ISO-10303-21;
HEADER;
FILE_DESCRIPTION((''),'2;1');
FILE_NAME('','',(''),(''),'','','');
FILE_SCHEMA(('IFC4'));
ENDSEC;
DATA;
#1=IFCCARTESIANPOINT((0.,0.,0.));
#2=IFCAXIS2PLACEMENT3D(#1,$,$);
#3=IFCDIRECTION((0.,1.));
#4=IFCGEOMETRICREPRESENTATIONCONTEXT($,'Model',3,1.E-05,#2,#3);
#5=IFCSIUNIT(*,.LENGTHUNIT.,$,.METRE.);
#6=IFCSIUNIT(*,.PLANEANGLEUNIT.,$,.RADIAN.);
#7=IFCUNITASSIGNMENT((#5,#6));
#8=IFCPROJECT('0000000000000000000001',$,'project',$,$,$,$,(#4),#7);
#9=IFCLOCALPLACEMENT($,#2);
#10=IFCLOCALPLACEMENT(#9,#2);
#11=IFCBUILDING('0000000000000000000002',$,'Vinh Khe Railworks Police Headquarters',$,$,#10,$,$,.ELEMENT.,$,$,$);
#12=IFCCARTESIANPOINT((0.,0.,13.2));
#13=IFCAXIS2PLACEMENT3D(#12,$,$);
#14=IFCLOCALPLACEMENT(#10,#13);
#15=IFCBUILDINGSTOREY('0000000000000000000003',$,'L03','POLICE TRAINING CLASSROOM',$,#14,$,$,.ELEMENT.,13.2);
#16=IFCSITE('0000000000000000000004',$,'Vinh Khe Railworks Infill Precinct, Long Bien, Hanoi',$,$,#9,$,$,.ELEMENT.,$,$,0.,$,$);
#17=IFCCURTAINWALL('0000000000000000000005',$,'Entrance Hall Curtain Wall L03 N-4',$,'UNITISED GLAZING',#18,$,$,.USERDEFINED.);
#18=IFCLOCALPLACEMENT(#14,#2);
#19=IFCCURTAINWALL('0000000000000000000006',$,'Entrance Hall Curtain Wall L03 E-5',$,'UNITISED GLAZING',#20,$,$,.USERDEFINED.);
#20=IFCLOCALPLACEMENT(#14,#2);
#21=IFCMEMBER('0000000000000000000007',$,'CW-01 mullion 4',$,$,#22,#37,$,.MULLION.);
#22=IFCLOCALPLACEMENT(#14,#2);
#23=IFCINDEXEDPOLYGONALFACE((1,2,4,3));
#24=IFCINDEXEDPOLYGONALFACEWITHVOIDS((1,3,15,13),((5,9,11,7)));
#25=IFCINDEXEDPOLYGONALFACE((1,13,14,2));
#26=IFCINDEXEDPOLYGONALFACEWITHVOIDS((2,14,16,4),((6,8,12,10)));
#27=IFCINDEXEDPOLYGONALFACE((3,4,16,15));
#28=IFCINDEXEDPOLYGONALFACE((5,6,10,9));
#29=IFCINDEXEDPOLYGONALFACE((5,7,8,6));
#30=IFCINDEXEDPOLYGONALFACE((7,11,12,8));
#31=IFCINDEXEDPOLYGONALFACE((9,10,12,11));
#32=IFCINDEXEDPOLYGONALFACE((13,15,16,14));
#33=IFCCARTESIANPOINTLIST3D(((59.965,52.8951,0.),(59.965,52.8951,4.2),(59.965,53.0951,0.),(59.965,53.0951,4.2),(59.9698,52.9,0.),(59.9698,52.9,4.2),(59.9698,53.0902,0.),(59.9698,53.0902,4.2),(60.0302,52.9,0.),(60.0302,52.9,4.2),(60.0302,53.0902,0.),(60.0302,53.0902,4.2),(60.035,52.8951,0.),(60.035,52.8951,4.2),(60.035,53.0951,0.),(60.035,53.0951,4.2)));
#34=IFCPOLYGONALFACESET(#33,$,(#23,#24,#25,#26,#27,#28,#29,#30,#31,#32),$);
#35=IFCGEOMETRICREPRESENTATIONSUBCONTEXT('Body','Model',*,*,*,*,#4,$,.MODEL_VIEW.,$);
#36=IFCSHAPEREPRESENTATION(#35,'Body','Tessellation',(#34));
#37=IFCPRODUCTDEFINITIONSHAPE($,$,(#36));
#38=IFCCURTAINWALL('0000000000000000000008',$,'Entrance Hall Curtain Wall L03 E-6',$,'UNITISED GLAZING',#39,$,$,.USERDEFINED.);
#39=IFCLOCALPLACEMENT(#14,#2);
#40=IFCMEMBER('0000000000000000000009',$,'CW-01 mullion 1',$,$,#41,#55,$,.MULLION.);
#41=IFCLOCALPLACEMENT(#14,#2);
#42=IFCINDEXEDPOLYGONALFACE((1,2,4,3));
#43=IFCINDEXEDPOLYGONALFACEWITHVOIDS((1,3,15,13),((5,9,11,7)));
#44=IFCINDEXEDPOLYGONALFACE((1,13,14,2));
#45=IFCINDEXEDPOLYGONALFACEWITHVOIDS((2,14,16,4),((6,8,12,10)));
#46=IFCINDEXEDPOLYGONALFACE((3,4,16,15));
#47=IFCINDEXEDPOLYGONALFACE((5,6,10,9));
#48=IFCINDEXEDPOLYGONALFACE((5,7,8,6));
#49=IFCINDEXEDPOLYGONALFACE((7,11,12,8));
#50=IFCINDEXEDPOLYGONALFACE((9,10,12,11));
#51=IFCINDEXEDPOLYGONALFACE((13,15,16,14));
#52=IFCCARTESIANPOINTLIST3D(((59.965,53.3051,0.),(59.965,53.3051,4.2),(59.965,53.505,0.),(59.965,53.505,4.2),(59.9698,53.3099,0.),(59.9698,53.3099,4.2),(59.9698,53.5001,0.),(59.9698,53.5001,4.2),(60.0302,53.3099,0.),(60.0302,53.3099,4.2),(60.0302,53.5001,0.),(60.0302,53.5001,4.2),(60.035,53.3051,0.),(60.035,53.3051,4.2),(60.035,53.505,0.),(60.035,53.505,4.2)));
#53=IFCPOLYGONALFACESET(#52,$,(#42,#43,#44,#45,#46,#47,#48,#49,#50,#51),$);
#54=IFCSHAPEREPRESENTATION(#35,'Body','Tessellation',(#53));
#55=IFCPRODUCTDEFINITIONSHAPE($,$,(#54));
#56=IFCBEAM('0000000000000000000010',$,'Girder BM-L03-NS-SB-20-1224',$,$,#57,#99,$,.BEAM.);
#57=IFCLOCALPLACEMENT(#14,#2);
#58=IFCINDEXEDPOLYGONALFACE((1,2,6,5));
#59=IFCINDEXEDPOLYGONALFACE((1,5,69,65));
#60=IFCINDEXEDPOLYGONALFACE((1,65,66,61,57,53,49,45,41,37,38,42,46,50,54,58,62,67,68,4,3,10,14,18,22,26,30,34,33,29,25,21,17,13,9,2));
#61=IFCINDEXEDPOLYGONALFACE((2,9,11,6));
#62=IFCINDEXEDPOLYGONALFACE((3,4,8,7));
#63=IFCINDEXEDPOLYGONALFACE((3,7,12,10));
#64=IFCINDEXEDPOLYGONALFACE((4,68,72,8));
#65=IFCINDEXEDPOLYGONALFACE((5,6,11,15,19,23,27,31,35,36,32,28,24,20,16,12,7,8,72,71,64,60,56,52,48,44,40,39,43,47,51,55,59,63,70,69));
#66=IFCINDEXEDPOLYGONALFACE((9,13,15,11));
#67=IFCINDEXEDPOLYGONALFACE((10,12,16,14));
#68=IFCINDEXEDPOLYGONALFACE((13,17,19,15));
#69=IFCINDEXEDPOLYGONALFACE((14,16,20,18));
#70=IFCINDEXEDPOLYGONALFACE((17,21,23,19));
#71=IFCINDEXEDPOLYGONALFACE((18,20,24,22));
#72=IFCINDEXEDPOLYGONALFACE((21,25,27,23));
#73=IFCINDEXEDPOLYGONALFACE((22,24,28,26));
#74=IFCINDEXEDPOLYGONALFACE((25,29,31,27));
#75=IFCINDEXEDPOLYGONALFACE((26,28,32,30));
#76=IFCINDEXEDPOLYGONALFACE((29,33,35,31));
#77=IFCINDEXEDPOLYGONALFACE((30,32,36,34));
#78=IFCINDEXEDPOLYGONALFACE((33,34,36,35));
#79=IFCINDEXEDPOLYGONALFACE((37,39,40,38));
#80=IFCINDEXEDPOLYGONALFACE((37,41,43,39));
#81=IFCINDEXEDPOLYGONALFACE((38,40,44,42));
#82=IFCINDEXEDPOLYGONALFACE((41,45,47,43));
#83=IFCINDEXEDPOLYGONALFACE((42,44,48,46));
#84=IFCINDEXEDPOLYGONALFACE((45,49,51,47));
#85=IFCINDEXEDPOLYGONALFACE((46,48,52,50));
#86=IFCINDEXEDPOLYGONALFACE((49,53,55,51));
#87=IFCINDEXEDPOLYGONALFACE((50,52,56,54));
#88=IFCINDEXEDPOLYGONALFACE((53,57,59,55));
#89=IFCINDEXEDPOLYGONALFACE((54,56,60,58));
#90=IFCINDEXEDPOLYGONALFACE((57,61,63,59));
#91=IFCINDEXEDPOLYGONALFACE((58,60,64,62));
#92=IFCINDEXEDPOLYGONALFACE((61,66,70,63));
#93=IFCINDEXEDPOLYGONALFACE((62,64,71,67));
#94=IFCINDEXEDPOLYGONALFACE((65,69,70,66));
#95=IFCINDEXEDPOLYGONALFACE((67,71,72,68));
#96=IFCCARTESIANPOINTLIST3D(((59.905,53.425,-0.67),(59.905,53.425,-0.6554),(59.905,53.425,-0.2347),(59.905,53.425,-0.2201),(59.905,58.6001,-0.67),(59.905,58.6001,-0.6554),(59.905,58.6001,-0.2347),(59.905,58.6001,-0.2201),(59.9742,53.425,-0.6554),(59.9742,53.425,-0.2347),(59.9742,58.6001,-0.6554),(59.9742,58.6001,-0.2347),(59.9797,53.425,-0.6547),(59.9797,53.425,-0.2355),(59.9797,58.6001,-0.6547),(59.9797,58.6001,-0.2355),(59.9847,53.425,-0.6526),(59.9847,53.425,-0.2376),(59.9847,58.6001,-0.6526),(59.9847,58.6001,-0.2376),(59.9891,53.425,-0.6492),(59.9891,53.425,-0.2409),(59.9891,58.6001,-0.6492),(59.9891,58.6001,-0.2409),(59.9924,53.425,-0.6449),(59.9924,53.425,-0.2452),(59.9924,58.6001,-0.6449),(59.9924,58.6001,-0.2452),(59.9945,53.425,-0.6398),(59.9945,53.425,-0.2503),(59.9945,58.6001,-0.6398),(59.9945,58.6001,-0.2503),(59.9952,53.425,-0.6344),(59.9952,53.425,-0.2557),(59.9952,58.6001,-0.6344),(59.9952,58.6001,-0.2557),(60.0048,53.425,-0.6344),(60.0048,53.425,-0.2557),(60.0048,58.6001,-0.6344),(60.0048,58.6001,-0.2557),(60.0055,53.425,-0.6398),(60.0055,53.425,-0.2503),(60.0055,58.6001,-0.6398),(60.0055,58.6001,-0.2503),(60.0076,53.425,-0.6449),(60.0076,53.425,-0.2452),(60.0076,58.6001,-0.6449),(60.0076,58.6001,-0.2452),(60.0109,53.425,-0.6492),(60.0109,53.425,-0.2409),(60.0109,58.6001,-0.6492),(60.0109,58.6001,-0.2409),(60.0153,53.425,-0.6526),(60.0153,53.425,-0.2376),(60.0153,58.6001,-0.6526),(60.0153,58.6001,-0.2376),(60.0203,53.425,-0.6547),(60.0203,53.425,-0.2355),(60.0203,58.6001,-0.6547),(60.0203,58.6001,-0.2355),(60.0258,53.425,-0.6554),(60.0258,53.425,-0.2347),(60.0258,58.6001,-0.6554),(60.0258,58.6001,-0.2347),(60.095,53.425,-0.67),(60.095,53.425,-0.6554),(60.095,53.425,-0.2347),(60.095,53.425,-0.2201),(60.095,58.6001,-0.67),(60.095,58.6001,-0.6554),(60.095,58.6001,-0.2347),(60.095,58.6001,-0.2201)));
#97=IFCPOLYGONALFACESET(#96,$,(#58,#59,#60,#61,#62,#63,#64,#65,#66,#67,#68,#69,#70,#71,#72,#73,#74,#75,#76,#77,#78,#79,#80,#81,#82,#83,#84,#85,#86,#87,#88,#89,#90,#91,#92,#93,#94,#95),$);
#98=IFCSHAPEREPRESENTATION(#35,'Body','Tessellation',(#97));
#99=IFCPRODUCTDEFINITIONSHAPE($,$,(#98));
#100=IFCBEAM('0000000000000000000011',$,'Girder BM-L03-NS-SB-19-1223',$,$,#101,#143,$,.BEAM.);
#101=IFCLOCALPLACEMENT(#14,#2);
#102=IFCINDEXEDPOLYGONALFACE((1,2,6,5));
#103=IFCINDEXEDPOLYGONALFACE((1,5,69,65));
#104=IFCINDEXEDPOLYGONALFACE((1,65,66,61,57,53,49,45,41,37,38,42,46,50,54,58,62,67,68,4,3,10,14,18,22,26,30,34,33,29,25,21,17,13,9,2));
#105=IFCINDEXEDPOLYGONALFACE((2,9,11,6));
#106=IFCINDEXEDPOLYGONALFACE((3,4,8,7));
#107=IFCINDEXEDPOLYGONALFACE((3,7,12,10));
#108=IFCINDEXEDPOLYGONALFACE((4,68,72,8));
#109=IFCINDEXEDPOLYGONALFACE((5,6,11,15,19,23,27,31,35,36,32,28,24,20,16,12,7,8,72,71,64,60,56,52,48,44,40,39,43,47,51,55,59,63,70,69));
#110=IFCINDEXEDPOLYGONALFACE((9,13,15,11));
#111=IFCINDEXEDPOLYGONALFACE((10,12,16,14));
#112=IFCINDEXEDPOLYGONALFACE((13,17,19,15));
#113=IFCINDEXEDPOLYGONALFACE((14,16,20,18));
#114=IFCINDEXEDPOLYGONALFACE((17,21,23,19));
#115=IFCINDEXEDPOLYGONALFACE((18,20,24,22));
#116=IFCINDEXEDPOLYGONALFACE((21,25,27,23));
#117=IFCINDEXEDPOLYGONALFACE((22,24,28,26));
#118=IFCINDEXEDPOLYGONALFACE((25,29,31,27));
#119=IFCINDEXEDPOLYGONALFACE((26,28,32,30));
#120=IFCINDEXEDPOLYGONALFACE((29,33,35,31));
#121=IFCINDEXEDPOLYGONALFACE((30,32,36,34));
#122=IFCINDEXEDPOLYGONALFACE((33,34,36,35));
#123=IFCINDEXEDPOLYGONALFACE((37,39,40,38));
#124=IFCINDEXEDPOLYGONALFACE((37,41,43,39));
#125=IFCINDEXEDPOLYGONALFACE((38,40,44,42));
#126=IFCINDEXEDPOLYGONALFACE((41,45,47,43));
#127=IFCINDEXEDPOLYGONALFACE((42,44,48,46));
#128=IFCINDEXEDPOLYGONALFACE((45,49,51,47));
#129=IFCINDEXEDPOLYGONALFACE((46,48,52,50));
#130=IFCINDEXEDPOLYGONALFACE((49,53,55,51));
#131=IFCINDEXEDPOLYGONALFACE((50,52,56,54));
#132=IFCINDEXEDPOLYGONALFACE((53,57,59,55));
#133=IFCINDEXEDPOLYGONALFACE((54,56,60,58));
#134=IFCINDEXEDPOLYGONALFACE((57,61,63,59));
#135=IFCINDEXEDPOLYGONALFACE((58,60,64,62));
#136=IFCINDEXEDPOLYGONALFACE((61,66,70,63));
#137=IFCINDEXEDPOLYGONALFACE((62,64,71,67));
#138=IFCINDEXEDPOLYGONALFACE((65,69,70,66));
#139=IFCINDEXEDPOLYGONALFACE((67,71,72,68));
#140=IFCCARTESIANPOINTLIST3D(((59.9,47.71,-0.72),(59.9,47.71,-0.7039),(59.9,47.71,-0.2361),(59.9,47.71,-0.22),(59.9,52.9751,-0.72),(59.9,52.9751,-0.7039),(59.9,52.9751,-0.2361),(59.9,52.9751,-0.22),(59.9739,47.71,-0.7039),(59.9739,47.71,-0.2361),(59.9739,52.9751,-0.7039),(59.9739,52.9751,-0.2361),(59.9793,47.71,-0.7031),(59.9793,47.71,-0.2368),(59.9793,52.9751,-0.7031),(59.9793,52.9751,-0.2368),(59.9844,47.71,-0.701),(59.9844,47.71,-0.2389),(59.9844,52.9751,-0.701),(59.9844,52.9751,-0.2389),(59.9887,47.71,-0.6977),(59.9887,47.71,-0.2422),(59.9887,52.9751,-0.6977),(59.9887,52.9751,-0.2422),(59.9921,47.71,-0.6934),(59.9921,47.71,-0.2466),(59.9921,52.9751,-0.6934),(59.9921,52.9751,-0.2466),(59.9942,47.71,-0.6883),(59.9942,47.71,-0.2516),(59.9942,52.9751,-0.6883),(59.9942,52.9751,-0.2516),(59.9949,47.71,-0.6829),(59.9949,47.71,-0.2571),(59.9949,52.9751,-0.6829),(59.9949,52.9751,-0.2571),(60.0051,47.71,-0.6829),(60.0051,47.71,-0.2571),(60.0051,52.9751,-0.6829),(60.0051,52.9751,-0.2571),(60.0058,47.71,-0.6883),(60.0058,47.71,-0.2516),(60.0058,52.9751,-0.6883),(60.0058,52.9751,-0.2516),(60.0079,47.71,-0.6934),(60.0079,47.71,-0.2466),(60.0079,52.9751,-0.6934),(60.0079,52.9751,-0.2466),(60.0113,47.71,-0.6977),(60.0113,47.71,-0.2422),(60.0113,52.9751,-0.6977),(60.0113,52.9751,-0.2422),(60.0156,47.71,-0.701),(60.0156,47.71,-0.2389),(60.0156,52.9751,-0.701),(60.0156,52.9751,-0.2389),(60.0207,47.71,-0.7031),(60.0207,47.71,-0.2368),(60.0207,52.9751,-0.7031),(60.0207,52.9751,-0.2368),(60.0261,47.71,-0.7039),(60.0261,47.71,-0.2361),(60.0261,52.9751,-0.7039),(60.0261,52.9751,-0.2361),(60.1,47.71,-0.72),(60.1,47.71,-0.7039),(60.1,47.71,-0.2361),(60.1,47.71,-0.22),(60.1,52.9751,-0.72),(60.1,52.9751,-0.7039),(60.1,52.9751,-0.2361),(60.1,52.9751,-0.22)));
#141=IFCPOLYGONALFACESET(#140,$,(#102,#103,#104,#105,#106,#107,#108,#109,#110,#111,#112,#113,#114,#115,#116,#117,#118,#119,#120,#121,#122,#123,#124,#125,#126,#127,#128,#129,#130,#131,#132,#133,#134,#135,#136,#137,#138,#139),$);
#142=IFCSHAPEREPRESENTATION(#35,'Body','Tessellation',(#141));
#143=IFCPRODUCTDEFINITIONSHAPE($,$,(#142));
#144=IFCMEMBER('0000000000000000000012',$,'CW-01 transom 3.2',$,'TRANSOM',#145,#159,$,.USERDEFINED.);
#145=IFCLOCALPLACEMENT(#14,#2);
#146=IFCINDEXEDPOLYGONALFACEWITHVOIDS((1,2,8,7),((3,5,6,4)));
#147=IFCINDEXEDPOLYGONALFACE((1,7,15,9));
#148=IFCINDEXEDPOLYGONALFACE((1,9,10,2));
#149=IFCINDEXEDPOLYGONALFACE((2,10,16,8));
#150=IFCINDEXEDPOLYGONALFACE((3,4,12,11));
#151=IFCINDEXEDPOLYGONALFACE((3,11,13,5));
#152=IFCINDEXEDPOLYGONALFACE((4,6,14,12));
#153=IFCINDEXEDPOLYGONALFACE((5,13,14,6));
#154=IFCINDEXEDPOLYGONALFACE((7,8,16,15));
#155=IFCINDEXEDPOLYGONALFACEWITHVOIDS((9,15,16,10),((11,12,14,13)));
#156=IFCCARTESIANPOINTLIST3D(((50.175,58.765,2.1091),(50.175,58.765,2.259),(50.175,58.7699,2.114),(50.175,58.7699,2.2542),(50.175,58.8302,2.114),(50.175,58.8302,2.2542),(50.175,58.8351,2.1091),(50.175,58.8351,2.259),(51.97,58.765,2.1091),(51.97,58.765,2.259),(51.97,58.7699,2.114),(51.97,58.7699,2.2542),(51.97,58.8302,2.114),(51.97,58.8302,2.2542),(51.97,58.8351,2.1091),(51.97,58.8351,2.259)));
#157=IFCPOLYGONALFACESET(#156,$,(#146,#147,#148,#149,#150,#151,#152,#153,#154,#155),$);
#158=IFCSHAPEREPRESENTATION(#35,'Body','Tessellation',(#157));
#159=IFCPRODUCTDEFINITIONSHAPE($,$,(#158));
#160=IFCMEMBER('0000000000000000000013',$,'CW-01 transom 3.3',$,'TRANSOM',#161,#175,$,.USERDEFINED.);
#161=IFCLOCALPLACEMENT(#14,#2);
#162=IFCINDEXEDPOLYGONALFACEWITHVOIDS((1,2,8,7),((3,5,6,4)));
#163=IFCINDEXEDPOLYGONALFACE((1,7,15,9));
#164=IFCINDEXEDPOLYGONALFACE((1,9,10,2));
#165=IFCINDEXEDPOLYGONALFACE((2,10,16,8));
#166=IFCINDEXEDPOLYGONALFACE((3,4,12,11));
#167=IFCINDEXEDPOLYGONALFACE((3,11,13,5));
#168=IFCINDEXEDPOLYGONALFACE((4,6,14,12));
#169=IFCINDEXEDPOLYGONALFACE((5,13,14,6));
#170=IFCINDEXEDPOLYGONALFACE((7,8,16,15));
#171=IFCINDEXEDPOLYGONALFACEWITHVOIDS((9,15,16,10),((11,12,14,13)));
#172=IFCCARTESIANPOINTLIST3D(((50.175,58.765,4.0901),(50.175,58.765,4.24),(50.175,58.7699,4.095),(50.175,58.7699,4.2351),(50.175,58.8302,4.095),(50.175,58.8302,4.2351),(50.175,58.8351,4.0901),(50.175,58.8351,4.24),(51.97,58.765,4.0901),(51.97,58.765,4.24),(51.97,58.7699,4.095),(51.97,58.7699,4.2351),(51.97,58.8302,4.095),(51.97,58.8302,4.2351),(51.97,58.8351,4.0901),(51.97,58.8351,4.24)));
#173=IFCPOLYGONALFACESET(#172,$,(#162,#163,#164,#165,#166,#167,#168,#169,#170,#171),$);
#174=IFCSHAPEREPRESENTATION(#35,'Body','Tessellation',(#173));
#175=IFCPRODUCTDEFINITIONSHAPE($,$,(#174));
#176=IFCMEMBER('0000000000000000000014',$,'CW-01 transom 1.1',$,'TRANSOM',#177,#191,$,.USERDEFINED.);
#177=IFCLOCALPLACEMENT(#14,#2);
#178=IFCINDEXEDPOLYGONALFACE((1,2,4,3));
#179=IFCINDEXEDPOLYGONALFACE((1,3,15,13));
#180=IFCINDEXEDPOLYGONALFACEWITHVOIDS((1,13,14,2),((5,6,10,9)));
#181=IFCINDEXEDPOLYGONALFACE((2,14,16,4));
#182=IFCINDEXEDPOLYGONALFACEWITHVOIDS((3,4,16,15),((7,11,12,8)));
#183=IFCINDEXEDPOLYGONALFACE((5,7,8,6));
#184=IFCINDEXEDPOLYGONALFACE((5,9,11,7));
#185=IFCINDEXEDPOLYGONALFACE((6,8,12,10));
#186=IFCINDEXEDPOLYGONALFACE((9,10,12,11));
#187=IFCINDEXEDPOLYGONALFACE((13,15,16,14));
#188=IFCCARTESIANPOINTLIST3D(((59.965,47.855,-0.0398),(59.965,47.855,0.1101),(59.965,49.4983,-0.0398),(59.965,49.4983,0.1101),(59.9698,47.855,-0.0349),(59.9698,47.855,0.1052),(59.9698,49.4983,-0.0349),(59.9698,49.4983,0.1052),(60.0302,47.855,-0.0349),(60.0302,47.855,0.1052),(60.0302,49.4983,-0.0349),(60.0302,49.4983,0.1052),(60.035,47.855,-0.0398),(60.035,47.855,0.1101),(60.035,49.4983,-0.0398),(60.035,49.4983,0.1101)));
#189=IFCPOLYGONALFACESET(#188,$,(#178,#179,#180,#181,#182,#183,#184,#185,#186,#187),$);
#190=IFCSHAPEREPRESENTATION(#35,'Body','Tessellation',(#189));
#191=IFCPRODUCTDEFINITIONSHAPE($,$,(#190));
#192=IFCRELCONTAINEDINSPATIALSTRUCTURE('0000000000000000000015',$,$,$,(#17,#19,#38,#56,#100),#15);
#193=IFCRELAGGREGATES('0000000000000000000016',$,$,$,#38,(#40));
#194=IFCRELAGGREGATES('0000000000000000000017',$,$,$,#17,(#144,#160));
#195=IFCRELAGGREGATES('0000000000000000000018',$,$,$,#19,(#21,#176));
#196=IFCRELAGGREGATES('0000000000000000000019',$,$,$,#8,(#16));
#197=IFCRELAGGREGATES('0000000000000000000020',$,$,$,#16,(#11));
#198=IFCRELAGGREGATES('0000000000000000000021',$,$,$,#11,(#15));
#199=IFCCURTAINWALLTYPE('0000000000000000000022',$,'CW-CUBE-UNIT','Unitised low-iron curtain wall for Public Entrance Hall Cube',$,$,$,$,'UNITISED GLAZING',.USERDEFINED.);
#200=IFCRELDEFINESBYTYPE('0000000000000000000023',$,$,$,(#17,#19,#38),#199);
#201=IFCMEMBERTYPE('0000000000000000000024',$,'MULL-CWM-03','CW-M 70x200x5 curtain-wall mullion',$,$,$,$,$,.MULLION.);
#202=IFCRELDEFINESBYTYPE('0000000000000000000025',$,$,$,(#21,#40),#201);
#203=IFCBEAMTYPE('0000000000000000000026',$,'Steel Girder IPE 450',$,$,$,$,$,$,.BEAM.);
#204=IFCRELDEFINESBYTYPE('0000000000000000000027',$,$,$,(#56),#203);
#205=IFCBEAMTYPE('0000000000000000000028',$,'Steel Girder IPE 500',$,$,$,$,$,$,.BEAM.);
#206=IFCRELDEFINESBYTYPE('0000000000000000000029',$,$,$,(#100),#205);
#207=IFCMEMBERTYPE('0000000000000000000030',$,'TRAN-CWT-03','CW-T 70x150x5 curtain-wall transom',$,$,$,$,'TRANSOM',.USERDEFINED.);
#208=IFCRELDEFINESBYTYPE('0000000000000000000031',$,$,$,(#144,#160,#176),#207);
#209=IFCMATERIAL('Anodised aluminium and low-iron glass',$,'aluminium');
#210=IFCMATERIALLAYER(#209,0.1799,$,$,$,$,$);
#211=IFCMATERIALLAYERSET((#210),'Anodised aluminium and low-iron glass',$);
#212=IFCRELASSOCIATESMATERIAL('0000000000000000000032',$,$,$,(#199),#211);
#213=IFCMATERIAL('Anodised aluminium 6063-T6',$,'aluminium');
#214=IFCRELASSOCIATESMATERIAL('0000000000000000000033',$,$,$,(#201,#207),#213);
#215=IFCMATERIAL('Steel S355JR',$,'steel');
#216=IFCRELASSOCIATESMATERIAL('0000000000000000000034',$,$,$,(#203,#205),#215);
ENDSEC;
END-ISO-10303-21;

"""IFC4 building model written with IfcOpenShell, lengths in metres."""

from ifc_helpers import new_model, si_unit, direction, frame, origin, origin_2d, place, context, subcontext, project, spatial, hollow_rectangle, i_section, extrude, material, layer, layer_set, material_profile, profile_set, type_object, element, aggregate, save


model = new_model("IFC4")

# Units and contexts
model_context = context("Model", 3, precision=1e-05, world=origin(), true_north=direction((0.0, 1.0)))
body_context = subcontext(model_context, "Body", "Model", "MODEL_VIEW")
ifc_project = project(units=[si_unit("LENGTHUNIT", "METRE"), si_unit("PLANEANGLEUNIT", "RADIAN")], contexts=[model_context])

# Site, building, storey
site_placement = place(None, origin())
site = spatial("IfcSite", under=ifc_project, at=site_placement, Name="Vinh Khe Railworks Infill Precinct, Long Bien, Hanoi", CompositionType="ELEMENT", RefElevation=0.0)
building_placement = place(site_placement, origin())
building = spatial("IfcBuilding", under=site, at=building_placement, Name="Vinh Khe Railworks Police Headquarters", CompositionType="ELEMENT")
storey_placement = place(building_placement, frame((0.0, 0.0, 13.2)))
storey = spatial("IfcBuildingStorey", under=building, at=storey_placement, Name="L03", Description="POLICE TRAINING CLASSROOM", CompositionType="ELEMENT", Elevation=13.2)

# Shared definitions
ifc_material_1 = material(Name="Steel S355JR", Category="steel")

# Curtain wall
ifc_material_2 = material(Name="Anodised aluminium and low-iron glass", Category="aluminium")
ifc_layer_1 = layer(ifc_material_2, 0.1799)
ifc_layer_set_1 = layer_set([ifc_layer_1], Name="Anodised aluminium and low-iron glass")
curtain_wall_type = type_object("IfcCurtainWallType", Name="CW-CUBE-UNIT", Description="Unitised low-iron curtain wall for Public Entrance Hall Cube", ElementType="UNITISED GLAZING", PredefinedType="USERDEFINED", material=ifc_layer_set_1)
curtain_wall_1_placement = place(storey_placement, origin())
curtain_wall_1 = element("IfcCurtainWall", 1, at=curtain_wall_1_placement, inside=storey, type_object=curtain_wall_type, Name="Entrance Hall Curtain Wall L03 N-4", ObjectType="UNITISED GLAZING", PredefinedType="USERDEFINED")
ifc_material_3 = material(Name="Anodised aluminium 6063-T6", Category="aluminium")
ifc_material_profile_1 = material_profile(ifc_material_3, hollow_rectangle(XDim=0.0701, YDim=0.2, WallThickness=0.0049, at=origin_2d()), Name="CW-M 70x200x5")
ifc_profile_set_1 = profile_set([ifc_material_profile_1], Name="Anodised aluminium 6063-T6")
member_type_1 = type_object("IfcMemberType", Name="MULL-CWM-03", Description="CW-M 70x200x5 curtain-wall mullion", PredefinedType="MULLION", material=ifc_profile_set_1)

# Curtain wall, member
curtain_wall_2_placement = place(storey_placement, origin())
curtain_wall_2 = element("IfcCurtainWall", 2, at=curtain_wall_2_placement, inside=storey, type_object=curtain_wall_type, Name="Entrance Hall Curtain Wall L03 E-5", ObjectType="UNITISED GLAZING", PredefinedType="USERDEFINED")
member_1_placement = place(storey_placement, frame((60.0, 52.9951, 0.0), z_axis=(0.0, 0.0, 1.0), x_axis=(-1.0, 0.0, 0.0)))
member_1 = element("IfcMember", 3, at=member_1_placement, type_object=member_type_1, Name="CW-01 mullion 4", PredefinedType="MULLION", context=body_context, shape_type="SweptSolid", body=[
    extrude(hollow_rectangle(XDim=0.0701, YDim=0.2, WallThickness=0.0049, at=origin_2d()), origin(), (0.0, 0.0, 1.0), 4.2),
])

# Curtain wall, member
curtain_wall_3_placement = place(storey_placement, origin())
curtain_wall_3 = element("IfcCurtainWall", 4, at=curtain_wall_3_placement, inside=storey, type_object=curtain_wall_type, Name="Entrance Hall Curtain Wall L03 E-6", ObjectType="UNITISED GLAZING", PredefinedType="USERDEFINED")
member_2_placement = place(storey_placement, frame((60.0, 53.405, 0.0), z_axis=(0.0, 0.0, 1.0), x_axis=(-1.0, 0.0, 0.0)))
member_2 = element("IfcMember", 5, at=member_2_placement, type_object=member_type_1, Name="CW-01 mullion 1", PredefinedType="MULLION", context=body_context, shape_type="SweptSolid", body=[
    extrude(hollow_rectangle(XDim=0.0701, YDim=0.2, WallThickness=0.0049, at=origin_2d()), origin(), (0.0, 0.0, 1.0), 4.2),
])

# Beams
ifc_material_profile_2 = material_profile(ifc_material_1, i_section(OverallWidth=0.1899, OverallDepth=0.45, WebThickness=0.0095, FlangeThickness=0.0146, FilletRadius=0.021, at=origin_2d()), Name="IPE 450")
ifc_profile_set_2 = profile_set([ifc_material_profile_2], Name="Steel S355JR")
beam_type_1 = type_object("IfcBeamType", Name="Steel Girder IPE 450", PredefinedType="BEAM", material=ifc_profile_set_2)
beam_1_placement = place(storey_placement, frame((60.0, 53.425, -0.4451), z_axis=(0.0, 1.0, 0.0), x_axis=(-1.0, 0.0, 0.0)))
element("IfcBeam", 6, at=beam_1_placement, inside=storey, type_object=beam_type_1, Name="Girder BM-L03-NS-SB-20-1224", PredefinedType="BEAM", context=body_context, shape_type="SweptSolid", body=[
    extrude(i_section(OverallWidth=0.1899, OverallDepth=0.45, WebThickness=0.0095, FlangeThickness=0.0146, FilletRadius=0.021, at=origin_2d()), origin(), (0.0, 0.0, 1.0), 5.175),
])
ifc_material_profile_3 = material_profile(ifc_material_1, i_section(OverallWidth=0.2, OverallDepth=0.5, WebThickness=0.0103, FlangeThickness=0.0161, FilletRadius=0.021, at=origin_2d()), Name="IPE 500")
ifc_profile_set_3 = profile_set([ifc_material_profile_3], Name="Steel S355JR")
beam_type_2 = type_object("IfcBeamType", Name="Steel Girder IPE 500", PredefinedType="BEAM", material=ifc_profile_set_3)
beam_2_placement = place(storey_placement, frame((60.0, 47.71, -0.47), z_axis=(0.0, 1.0, 0.0), x_axis=(-1.0, 0.0, 0.0)))
element("IfcBeam", 7, at=beam_2_placement, inside=storey, type_object=beam_type_2, Name="Girder BM-L03-NS-SB-19-1223", PredefinedType="BEAM", context=body_context, shape_type="SweptSolid", body=[
    extrude(i_section(OverallWidth=0.2, OverallDepth=0.5, WebThickness=0.0103, FlangeThickness=0.0161, FilletRadius=0.021, at=origin_2d()), origin(), (0.0, 0.0, 1.0), 5.2651),
])

# Members
ifc_material_profile_4 = material_profile(ifc_material_3, hollow_rectangle(XDim=0.0701, YDim=0.1499, WallThickness=0.0049, at=origin_2d()), Name="CW-T 70x150x5")
ifc_profile_set_4 = profile_set([ifc_material_profile_4], Name="Anodised aluminium 6063-T6")
member_type_2 = type_object("IfcMemberType", Name="TRAN-CWT-03", Description="CW-T 70x150x5 curtain-wall transom", ElementType="TRANSOM", PredefinedType="USERDEFINED", material=ifc_profile_set_4)
member_3_placement = place(storey_placement, frame((50.175, 58.8, 2.1841), z_axis=(1.0, 0.0, 0.0), x_axis=(0.0, 1.0, 0.0)))
member_3 = element("IfcMember", 8, at=member_3_placement, type_object=member_type_2, Name="CW-01 transom 3.2", ObjectType="TRANSOM", PredefinedType="USERDEFINED", context=body_context, shape_type="SweptSolid", body=[
    extrude(hollow_rectangle(XDim=0.0701, YDim=0.1499, WallThickness=0.0049, at=origin_2d()), origin(), (0.0, 0.0, 1.0), 1.7949),
])
member_4_placement = place(storey_placement, frame((50.175, 58.8, 4.165), z_axis=(1.0, 0.0, 0.0), x_axis=(0.0, 1.0, 0.0)))
member_4 = element("IfcMember", 9, at=member_4_placement, type_object=member_type_2, Name="CW-01 transom 3.3", ObjectType="TRANSOM", PredefinedType="USERDEFINED", context=body_context, shape_type="SweptSolid", body=[
    extrude(hollow_rectangle(XDim=0.0701, YDim=0.1499, WallThickness=0.0049, at=origin_2d()), origin(), (0.0, 0.0, 1.0), 1.7949),
])
member_5_placement = place(storey_placement, frame((60.0, 47.855, 0.0352), z_axis=(0.0, 1.0, 0.0), x_axis=(-1.0, 0.0, 0.0)))
member_5 = element("IfcMember", 10, at=member_5_placement, type_object=member_type_2, Name="CW-01 transom 1.1", ObjectType="TRANSOM", PredefinedType="USERDEFINED", context=body_context, shape_type="SweptSolid", body=[
    extrude(hollow_rectangle(XDim=0.0701, YDim=0.1499, WallThickness=0.0049, at=origin_2d()), origin(), (0.0, 0.0, 1.0), 1.6433),
])
aggregate(curtain_wall_3, [member_2])

aggregate(curtain_wall_1, [member_3, member_4])
aggregate(curtain_wall_2, [member_1, member_5])

save(model, "model.ifc")
